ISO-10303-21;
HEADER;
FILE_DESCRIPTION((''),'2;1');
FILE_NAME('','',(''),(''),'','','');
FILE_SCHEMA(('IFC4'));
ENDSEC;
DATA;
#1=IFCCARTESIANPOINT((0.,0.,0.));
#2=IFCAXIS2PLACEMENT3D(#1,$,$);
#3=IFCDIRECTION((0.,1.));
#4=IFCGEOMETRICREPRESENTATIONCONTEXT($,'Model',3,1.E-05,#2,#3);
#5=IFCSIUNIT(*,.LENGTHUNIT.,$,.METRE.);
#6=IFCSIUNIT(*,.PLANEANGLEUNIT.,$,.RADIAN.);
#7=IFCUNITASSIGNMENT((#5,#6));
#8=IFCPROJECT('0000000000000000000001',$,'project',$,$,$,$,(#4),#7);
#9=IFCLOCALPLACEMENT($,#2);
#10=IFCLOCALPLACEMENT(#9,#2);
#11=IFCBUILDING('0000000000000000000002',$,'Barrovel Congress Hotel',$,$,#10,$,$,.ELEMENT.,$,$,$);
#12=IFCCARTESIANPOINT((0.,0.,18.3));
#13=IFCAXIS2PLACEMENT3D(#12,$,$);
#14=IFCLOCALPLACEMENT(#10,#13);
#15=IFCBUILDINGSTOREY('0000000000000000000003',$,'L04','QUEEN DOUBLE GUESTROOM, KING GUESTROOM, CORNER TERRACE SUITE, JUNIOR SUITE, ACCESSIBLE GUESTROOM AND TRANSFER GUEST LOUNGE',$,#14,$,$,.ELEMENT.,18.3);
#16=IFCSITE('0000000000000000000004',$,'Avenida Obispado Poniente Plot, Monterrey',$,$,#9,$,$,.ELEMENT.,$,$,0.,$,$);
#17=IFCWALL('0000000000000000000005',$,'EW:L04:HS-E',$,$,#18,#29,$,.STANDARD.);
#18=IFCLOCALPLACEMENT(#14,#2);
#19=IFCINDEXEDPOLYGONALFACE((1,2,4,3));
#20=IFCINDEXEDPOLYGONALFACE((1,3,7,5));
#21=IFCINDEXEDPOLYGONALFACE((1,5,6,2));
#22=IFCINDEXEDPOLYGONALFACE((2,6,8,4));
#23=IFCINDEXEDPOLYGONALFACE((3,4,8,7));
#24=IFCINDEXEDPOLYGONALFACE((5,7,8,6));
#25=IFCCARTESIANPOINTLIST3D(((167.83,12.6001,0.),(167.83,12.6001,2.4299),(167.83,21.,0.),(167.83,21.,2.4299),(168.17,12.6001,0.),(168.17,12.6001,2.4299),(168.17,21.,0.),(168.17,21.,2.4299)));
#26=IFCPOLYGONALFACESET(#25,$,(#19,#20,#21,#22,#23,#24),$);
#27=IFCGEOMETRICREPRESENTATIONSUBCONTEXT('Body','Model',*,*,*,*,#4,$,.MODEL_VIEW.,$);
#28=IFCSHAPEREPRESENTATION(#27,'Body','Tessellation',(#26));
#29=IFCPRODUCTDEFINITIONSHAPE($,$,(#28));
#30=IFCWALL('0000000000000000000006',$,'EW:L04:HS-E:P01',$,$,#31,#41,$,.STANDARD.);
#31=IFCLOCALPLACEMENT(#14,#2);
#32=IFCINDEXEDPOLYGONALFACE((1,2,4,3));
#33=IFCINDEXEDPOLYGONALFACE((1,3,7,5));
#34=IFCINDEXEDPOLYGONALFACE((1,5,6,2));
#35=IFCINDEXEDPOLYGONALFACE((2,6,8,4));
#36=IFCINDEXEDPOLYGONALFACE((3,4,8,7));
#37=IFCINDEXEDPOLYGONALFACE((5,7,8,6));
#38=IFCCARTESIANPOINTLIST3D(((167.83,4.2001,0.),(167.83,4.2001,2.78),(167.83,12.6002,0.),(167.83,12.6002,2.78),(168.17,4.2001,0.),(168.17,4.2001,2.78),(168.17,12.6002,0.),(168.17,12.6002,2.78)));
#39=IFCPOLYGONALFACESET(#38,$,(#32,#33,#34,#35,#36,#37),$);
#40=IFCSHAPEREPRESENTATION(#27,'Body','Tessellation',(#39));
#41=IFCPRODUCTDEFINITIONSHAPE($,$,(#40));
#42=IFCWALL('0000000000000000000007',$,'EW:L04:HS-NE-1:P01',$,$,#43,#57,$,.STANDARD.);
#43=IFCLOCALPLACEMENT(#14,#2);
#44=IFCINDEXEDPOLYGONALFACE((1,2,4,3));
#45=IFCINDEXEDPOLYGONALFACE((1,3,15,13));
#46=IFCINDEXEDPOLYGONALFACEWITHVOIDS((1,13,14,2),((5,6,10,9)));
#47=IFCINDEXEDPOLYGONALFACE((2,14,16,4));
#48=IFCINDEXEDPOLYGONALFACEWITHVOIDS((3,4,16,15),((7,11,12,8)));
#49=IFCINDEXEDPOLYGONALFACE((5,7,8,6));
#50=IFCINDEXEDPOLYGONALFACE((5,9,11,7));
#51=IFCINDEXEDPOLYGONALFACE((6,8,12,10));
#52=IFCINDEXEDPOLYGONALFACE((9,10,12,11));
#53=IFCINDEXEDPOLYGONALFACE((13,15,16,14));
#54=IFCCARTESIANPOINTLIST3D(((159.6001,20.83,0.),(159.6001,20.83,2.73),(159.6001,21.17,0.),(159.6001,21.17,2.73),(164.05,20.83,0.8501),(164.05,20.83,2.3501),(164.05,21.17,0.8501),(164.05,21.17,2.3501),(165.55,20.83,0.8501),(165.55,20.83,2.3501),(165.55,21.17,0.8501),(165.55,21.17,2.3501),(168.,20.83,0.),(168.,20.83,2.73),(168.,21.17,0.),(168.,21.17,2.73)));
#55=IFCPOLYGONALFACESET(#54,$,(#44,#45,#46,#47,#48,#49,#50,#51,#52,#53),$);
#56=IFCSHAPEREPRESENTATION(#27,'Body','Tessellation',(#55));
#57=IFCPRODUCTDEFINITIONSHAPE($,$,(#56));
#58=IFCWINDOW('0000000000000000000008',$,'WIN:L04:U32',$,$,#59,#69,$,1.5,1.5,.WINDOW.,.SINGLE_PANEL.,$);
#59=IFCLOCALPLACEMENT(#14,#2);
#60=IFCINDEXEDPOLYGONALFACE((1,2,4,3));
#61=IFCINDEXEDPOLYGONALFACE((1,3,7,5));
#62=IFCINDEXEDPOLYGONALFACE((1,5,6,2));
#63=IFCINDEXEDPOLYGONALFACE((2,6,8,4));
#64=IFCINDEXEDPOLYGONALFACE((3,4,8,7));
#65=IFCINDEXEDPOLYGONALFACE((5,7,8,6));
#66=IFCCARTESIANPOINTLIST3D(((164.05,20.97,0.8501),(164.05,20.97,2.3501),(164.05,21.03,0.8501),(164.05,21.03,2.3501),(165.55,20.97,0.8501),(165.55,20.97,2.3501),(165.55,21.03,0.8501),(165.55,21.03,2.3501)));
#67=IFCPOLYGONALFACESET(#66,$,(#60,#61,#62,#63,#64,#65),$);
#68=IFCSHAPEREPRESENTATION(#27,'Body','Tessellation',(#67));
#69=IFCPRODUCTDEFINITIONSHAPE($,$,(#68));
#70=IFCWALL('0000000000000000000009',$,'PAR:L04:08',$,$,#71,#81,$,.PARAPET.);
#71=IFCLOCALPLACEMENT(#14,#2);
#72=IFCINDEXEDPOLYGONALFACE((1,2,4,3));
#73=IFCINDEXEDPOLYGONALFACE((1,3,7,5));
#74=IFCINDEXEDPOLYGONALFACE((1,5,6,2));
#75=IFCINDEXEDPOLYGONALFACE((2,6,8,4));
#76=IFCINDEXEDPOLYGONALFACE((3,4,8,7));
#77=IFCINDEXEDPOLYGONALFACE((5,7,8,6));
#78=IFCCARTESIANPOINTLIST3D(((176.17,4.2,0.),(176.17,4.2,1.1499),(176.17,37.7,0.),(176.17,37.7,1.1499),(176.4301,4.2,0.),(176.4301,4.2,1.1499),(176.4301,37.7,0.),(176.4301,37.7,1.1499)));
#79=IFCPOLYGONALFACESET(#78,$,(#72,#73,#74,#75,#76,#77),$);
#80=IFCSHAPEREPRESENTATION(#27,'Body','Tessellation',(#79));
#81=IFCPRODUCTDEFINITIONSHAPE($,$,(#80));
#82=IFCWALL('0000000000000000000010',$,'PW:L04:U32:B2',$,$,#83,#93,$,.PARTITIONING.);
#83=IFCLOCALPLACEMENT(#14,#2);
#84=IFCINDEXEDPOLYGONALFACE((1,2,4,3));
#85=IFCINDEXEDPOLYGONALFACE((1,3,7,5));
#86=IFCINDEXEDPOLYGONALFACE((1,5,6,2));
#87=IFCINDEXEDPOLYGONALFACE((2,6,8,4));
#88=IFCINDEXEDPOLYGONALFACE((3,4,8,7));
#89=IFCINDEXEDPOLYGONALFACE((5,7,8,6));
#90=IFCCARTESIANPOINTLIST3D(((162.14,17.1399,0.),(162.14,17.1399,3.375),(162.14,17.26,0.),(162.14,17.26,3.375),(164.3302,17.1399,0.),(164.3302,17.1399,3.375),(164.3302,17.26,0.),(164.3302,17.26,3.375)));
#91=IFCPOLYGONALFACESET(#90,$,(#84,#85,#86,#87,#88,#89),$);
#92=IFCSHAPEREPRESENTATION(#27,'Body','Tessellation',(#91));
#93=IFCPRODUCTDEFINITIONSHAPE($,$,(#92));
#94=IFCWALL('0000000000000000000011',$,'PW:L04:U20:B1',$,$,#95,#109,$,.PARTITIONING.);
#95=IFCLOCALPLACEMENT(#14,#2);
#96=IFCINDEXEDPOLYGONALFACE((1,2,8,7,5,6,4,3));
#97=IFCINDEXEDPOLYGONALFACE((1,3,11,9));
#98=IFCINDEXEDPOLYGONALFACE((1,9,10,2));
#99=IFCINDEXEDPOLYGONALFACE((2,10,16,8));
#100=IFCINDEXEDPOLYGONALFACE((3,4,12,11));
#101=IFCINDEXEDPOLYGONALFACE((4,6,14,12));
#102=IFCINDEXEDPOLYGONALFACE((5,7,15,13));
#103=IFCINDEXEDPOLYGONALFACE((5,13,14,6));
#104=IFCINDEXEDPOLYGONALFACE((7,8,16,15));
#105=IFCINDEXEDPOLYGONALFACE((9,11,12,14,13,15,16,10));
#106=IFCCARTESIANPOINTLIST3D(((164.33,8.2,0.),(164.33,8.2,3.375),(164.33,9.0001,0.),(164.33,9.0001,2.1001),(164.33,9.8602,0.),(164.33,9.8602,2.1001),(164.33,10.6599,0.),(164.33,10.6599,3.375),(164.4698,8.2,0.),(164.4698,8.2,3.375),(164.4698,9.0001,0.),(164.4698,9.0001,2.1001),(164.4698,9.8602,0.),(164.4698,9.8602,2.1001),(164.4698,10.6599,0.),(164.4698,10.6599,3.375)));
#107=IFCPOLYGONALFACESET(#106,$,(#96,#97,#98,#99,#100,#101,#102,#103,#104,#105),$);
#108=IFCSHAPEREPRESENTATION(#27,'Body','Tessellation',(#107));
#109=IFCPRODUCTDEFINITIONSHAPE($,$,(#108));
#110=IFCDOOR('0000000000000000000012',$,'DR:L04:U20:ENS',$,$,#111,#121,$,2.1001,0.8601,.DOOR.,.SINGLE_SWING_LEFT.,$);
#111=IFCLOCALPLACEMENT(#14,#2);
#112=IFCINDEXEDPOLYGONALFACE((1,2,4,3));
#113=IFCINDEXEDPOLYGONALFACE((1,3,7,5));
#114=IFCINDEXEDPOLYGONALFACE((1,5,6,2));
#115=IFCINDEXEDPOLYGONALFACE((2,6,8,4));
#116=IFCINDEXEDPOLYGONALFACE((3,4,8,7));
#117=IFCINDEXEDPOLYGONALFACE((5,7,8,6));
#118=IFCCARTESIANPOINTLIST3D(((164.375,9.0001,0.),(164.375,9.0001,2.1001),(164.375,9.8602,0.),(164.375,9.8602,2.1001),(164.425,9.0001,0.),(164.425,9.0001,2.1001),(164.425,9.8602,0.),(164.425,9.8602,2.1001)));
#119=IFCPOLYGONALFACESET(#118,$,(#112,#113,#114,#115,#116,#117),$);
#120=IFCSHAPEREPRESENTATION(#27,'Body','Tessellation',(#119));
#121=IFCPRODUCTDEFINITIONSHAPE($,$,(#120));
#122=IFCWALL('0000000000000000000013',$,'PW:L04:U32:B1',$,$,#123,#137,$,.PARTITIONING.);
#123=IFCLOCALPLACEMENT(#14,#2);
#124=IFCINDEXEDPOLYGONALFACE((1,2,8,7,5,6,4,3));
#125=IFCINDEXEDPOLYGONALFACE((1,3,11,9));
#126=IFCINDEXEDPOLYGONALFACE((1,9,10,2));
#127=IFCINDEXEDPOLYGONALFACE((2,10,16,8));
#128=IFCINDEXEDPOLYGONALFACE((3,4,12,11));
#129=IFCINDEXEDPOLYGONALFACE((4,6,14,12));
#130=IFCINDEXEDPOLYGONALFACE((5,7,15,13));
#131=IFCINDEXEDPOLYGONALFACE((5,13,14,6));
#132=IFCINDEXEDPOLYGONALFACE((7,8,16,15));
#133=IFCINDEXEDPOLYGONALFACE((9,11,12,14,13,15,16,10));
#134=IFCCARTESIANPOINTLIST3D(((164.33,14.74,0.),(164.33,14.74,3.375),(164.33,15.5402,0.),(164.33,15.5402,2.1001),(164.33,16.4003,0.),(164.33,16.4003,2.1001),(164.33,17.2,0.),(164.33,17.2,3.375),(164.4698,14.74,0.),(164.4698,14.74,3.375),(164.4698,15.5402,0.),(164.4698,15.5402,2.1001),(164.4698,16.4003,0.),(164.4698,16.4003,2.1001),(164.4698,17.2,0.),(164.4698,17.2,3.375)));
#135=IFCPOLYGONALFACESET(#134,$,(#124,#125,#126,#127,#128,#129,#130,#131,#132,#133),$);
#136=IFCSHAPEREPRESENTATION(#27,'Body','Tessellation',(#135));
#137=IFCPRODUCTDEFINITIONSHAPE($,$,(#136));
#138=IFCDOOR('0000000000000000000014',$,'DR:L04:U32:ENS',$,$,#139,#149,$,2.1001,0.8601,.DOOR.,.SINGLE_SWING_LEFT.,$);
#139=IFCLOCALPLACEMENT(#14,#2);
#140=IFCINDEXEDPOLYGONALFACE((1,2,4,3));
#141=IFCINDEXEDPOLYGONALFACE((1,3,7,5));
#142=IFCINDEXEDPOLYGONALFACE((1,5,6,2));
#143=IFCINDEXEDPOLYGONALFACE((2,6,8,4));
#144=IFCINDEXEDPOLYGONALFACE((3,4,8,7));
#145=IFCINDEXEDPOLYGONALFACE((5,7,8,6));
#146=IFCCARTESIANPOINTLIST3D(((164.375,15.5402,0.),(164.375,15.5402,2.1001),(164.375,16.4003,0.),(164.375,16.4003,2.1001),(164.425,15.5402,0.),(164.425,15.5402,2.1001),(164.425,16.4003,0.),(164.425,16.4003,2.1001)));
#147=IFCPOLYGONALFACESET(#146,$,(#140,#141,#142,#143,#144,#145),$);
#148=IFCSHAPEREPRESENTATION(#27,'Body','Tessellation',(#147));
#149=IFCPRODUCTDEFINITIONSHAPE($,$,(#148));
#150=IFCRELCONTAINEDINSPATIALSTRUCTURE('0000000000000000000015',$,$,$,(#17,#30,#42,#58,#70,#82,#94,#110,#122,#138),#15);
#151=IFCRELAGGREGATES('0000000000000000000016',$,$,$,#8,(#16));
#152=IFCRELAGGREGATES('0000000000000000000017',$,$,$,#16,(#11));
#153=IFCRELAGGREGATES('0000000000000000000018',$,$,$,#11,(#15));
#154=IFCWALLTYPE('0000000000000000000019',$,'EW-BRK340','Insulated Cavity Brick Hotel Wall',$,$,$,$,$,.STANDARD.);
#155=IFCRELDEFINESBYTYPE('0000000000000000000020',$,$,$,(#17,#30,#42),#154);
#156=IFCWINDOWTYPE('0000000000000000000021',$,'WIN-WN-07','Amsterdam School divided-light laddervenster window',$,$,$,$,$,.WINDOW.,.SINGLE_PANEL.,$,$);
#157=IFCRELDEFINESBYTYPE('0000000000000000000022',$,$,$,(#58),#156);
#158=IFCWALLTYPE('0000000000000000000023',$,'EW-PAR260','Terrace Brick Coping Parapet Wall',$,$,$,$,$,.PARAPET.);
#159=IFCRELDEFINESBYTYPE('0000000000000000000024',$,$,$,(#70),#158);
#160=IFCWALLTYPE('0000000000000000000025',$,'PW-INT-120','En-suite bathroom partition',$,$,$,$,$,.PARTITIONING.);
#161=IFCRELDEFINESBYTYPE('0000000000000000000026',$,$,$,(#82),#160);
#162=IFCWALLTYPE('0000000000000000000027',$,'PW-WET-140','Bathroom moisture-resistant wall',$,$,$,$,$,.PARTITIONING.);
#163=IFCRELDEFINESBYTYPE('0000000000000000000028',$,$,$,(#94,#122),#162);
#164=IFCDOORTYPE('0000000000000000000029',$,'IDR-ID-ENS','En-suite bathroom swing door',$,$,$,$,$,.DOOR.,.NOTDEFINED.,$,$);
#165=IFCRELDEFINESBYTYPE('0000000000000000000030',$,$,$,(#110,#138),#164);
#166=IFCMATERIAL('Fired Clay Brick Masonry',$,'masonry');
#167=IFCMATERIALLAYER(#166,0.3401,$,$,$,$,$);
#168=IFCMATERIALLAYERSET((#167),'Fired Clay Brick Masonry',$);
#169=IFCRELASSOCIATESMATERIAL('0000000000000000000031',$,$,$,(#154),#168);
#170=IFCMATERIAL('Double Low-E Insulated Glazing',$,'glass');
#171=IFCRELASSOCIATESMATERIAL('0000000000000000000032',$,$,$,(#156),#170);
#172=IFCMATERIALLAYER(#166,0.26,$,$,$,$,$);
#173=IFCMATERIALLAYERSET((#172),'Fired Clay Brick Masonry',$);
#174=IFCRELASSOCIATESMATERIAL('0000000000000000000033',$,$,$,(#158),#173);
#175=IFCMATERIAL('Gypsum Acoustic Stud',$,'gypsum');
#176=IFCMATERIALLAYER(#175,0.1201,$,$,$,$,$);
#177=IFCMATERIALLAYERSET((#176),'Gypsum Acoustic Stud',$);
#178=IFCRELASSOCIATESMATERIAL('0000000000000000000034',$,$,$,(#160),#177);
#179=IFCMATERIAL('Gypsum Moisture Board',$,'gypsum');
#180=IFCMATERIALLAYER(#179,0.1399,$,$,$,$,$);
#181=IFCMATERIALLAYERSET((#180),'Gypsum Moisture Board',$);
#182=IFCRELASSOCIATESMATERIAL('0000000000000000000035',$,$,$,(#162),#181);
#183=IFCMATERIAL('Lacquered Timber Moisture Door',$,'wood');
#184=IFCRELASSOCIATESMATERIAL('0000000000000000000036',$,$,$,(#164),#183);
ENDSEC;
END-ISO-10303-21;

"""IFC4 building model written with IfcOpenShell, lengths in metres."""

from ifc_helpers import new_model, si_unit, direction, frame, frame_2d, origin, place, context, subcontext, project, spatial, rectangle, extrude, material, layer, layer_set, type_object, element, fill, save


model = new_model("IFC4")

# Units and contexts
model_context = context("Model", 3, precision=1e-05, world=origin(), true_north=direction((0.0, 1.0)))
body_context = subcontext(model_context, "Body", "Model", "MODEL_VIEW")
ifc_project = project(units=[si_unit("LENGTHUNIT", "METRE"), si_unit("PLANEANGLEUNIT", "RADIAN")], contexts=[model_context])

# Site, building, storey
site_placement = place(None, origin())
site = spatial("IfcSite", under=ifc_project, at=site_placement, Name="Avenida Obispado Poniente Plot, Monterrey", CompositionType="ELEMENT", RefElevation=0.0)
building_placement = place(site_placement, origin())
building = spatial("IfcBuilding", under=site, at=building_placement, Name="Barrovel Congress Hotel", CompositionType="ELEMENT")
storey_placement = place(building_placement, frame((0.0, 0.0, 18.3)))
storey = spatial("IfcBuildingStorey", under=building, at=storey_placement, Name="L04", Description="QUEEN DOUBLE GUESTROOM, KING GUESTROOM, CORNER TERRACE SUITE, JUNIOR SUITE, ACCESSIBLE GUESTROOM AND TRANSFER GUEST LOUNGE", CompositionType="ELEMENT", Elevation=18.3)

# Shared definitions
ifc_material_1 = material(Name="Double Low-E Insulated Glazing", Category="glass")

# Walls
ifc_material_2 = material(Name="Fired Clay Brick Masonry", Category="masonry")
ifc_layer_1 = layer(ifc_material_2, 0.3401)
ifc_layer_set_1 = layer_set([ifc_layer_1], Name="Fired Clay Brick Masonry")
wall_type_1 = type_object("IfcWallType", Name="EW-BRK340", Description="Insulated Cavity Brick Hotel Wall", PredefinedType="STANDARD", material=ifc_layer_set_1)
wall_1_placement = place(storey_placement, frame((168.0, 12.6001, 0.0), z_axis=(0.0, 0.0, 1.0), x_axis=(0.0, 1.0, 0.0)))
element("IfcWall", 1, at=wall_1_placement, inside=storey, type_object=wall_type_1, Name="EW:L04:HS-E", PredefinedType="STANDARD", context=body_context, shape_type="SweptSolid", body=[
    extrude(rectangle(XDim=8.3999, YDim=0.3401, at=frame_2d((4.2, 0.0))), origin(), (0.0, 0.0, 1.0), 2.4299),
])
wall_2_placement = place(storey_placement, frame((168.0, 4.2, 0.0), z_axis=(0.0, 0.0, 1.0), x_axis=(0.0, 1.0, 0.0)))
element("IfcWall", 2, at=wall_2_placement, inside=storey, type_object=wall_type_1, Name="EW:L04:HS-E:P01", PredefinedType="STANDARD", context=body_context, shape_type="SweptSolid", body=[
    extrude(rectangle(XDim=8.4001, YDim=0.3401, at=frame_2d((4.2002, 0.0))), origin(), (0.0, 0.0, 1.0), 2.78),
])

# Wall, opening, window
wall_3_placement = place(storey_placement, frame((168.0, 21.0, 0.0), z_axis=(0.0, 0.0, 1.0), x_axis=(-1.0, 0.0, 0.0)))
wall_3 = element("IfcWall", 3, at=wall_3_placement, inside=storey, type_object=wall_type_1, Name="EW:L04:HS-NE-1:P01", PredefinedType="STANDARD", context=body_context, shape_type="SweptSolid", body=[
    extrude(rectangle(XDim=8.3999, YDim=0.3401, at=frame_2d((4.2, 0.0))), origin(), (0.0, 0.0, 1.0), 2.73),
])
opening_1_placement = place(wall_3_placement, frame((2.45, 0.0, 0.8501)))
opening_1 = element("IfcOpeningElement", 4, at=opening_1_placement, cuts=wall_3, PredefinedType="OPENING", context=body_context, shape_type="SweptSolid", body=[
    extrude(rectangle(XDim=1.5, YDim=1.5, at=frame_2d((0.75, 0.75))), frame((0.0, 0.1802, 0.0), z_axis=(0.0, -1.0, 0.0), x_axis=(1.0, 0.0, 0.0)), (0.0, 0.0, 1.0), 0.3601),
])
window_type = type_object("IfcWindowType", Name="WIN-WN-07", Description="Amsterdam School divided-light laddervenster window", PartitioningType="SINGLE_PANEL", PredefinedType="WINDOW", material=ifc_material_1)
window_placement = place(opening_1_placement, origin())
window = element("IfcWindow", 5, at=window_placement, inside=storey, type_object=window_type, Name="WIN:L04:U32", OverallHeight=1.5, OverallWidth=1.5, PartitioningType="SINGLE_PANEL", PredefinedType="WINDOW", context=body_context, shape_type="SweptSolid", body=[
    extrude(rectangle(XDim=1.5, YDim=1.5, at=frame_2d((0.75, 0.75))), frame((0.0, 0.03, 0.0), z_axis=(0.0, -1.0, 0.0), x_axis=(1.0, 0.0, 0.0)), (0.0, 0.0, 1.0), 0.0601),
])
fill(opening_1, window)

# Walls
ifc_layer_2 = layer(ifc_material_2, 0.26)
ifc_layer_set_2 = layer_set([ifc_layer_2], Name="Fired Clay Brick Masonry")
wall_type_2 = type_object("IfcWallType", Name="EW-PAR260", Description="Terrace Brick Coping Parapet Wall", PredefinedType="PARAPET", material=ifc_layer_set_2)
wall_4_placement = place(storey_placement, frame((176.3, 4.2, 0.0), z_axis=(0.0, 0.0, 1.0), x_axis=(0.0, 1.0, 0.0)))
element("IfcWall", 6, at=wall_4_placement, inside=storey, type_object=wall_type_2, Name="PAR:L04:08", PredefinedType="PARAPET", context=body_context, shape_type="SweptSolid", body=[
    extrude(rectangle(XDim=33.5, YDim=0.26, at=frame_2d((16.75, 0.0))), origin(), (0.0, 0.0, 1.0), 1.1499),
])
ifc_material_3 = material(Name="Gypsum Acoustic Stud", Category="gypsum")
ifc_layer_3 = layer(ifc_material_3, 0.1201)
ifc_layer_set_3 = layer_set([ifc_layer_3], Name="Gypsum Acoustic Stud")
wall_type_3 = type_object("IfcWallType", Name="PW-INT-120", Description="En-suite bathroom partition", PredefinedType="PARTITIONING", material=ifc_layer_set_3)
wall_5_placement = place(storey_placement, frame((162.1399, 17.2, 0.0), z_axis=(0.0, 0.0, 1.0), x_axis=(1.0, 0.0, 0.0)))
element("IfcWall", 7, at=wall_5_placement, inside=storey, type_object=wall_type_3, Name="PW:L04:U32:B2", PredefinedType="PARTITIONING", context=body_context, shape_type="SweptSolid", body=[
    extrude(rectangle(XDim=2.1902, YDim=0.1201, at=frame_2d((1.0952, 0.0))), origin(), (0.0, 0.0, 1.0), 3.375),
])

# Walls, openings, doors
ifc_material_4 = material(Name="Gypsum Moisture Board", Category="gypsum")
ifc_layer_4 = layer(ifc_material_4, 0.1399)
ifc_layer_set_4 = layer_set([ifc_layer_4], Name="Gypsum Moisture Board")
wall_type_4 = type_object("IfcWallType", Name="PW-WET-140", Description="Bathroom moisture-resistant wall", PredefinedType="PARTITIONING", material=ifc_layer_set_4)
wall_6_placement = place(storey_placement, frame((164.3999, 8.2, 0.0), z_axis=(0.0, 0.0, 1.0), x_axis=(0.0, 1.0, 0.0)))
wall_6 = element("IfcWall", 8, at=wall_6_placement, inside=storey, type_object=wall_type_4, Name="PW:L04:U20:B1", PredefinedType="PARTITIONING", context=body_context, shape_type="SweptSolid", body=[
    extrude(rectangle(XDim=2.46, YDim=0.1399, at=frame_2d((1.23, 0.0))), origin(), (0.0, 0.0, 1.0), 3.375),
])
opening_2_placement = place(wall_6_placement, frame((0.8, 0.0, 0.0)))
opening_2 = element("IfcOpeningElement", 9, at=opening_2_placement, cuts=wall_6, PredefinedType="OPENING", context=body_context, shape_type="SweptSolid", body=[
    extrude(rectangle(XDim=0.8601, YDim=2.1001, at=frame_2d((0.4302, 1.05))), frame((0.0, 0.0801, 0.0), z_axis=(0.0, -1.0, 0.0), x_axis=(1.0, 0.0, 0.0)), (0.0, 0.0, 1.0), 0.1599),
])
ifc_material_5 = material(Name="Lacquered Timber Moisture Door", Category="wood")
door_type = type_object("IfcDoorType", Name="IDR-ID-ENS", Description="En-suite bathroom swing door", OperationType="NOTDEFINED", PredefinedType="DOOR", material=ifc_material_5)
door_1_placement = place(opening_2_placement, origin())
door_1 = element("IfcDoor", 10, at=door_1_placement, inside=storey, type_object=door_type, Name="DR:L04:U20:ENS", OperationType="SINGLE_SWING_LEFT", OverallHeight=2.1001, OverallWidth=0.8601, PredefinedType="DOOR", context=body_context, shape_type="SweptSolid", body=[
    extrude(rectangle(XDim=0.8601, YDim=2.1001, at=frame_2d((0.4302, 1.05))), frame((0.0, 0.0249, 0.0), z_axis=(0.0, -1.0, 0.0), x_axis=(1.0, 0.0, 0.0)), (0.0, 0.0, 1.0), 0.05),
])
fill(opening_2, door_1)
wall_7_placement = place(storey_placement, frame((164.3999, 14.74, 0.0), z_axis=(0.0, 0.0, 1.0), x_axis=(0.0, 1.0, 0.0)))
wall_7 = element("IfcWall", 11, at=wall_7_placement, inside=storey, type_object=wall_type_4, Name="PW:L04:U32:B1", PredefinedType="PARTITIONING", context=body_context, shape_type="SweptSolid", body=[
    extrude(rectangle(XDim=2.46, YDim=0.1399, at=frame_2d((1.23, 0.0))), origin(), (0.0, 0.0, 1.0), 3.375),
])
opening_3_placement = place(wall_7_placement, frame((0.8, 0.0, 0.0)))
opening_3 = element("IfcOpeningElement", 12, at=opening_3_placement, cuts=wall_7, PredefinedType="OPENING", context=body_context, shape_type="SweptSolid", body=[
    extrude(rectangle(XDim=0.8601, YDim=2.1001, at=frame_2d((0.4302, 1.05))), frame((0.0, 0.0801, 0.0), z_axis=(0.0, -1.0, 0.0), x_axis=(1.0, 0.0, 0.0)), (0.0, 0.0, 1.0), 0.1599),
])
door_2_placement = place(opening_3_placement, origin())
door_2 = element("IfcDoor", 13, at=door_2_placement, inside=storey, type_object=door_type, Name="DR:L04:U32:ENS", OperationType="SINGLE_SWING_LEFT", OverallHeight=2.1001, OverallWidth=0.8601, PredefinedType="DOOR", context=body_context, shape_type="SweptSolid", body=[
    extrude(rectangle(XDim=0.8601, YDim=2.1001, at=frame_2d((0.4302, 1.05))), frame((0.0, 0.0249, 0.0), z_axis=(0.0, -1.0, 0.0), x_axis=(1.0, 0.0, 0.0)), (0.0, 0.0, 1.0), 0.05),
])
fill(opening_3, door_2)

save(model, "model.ifc")
